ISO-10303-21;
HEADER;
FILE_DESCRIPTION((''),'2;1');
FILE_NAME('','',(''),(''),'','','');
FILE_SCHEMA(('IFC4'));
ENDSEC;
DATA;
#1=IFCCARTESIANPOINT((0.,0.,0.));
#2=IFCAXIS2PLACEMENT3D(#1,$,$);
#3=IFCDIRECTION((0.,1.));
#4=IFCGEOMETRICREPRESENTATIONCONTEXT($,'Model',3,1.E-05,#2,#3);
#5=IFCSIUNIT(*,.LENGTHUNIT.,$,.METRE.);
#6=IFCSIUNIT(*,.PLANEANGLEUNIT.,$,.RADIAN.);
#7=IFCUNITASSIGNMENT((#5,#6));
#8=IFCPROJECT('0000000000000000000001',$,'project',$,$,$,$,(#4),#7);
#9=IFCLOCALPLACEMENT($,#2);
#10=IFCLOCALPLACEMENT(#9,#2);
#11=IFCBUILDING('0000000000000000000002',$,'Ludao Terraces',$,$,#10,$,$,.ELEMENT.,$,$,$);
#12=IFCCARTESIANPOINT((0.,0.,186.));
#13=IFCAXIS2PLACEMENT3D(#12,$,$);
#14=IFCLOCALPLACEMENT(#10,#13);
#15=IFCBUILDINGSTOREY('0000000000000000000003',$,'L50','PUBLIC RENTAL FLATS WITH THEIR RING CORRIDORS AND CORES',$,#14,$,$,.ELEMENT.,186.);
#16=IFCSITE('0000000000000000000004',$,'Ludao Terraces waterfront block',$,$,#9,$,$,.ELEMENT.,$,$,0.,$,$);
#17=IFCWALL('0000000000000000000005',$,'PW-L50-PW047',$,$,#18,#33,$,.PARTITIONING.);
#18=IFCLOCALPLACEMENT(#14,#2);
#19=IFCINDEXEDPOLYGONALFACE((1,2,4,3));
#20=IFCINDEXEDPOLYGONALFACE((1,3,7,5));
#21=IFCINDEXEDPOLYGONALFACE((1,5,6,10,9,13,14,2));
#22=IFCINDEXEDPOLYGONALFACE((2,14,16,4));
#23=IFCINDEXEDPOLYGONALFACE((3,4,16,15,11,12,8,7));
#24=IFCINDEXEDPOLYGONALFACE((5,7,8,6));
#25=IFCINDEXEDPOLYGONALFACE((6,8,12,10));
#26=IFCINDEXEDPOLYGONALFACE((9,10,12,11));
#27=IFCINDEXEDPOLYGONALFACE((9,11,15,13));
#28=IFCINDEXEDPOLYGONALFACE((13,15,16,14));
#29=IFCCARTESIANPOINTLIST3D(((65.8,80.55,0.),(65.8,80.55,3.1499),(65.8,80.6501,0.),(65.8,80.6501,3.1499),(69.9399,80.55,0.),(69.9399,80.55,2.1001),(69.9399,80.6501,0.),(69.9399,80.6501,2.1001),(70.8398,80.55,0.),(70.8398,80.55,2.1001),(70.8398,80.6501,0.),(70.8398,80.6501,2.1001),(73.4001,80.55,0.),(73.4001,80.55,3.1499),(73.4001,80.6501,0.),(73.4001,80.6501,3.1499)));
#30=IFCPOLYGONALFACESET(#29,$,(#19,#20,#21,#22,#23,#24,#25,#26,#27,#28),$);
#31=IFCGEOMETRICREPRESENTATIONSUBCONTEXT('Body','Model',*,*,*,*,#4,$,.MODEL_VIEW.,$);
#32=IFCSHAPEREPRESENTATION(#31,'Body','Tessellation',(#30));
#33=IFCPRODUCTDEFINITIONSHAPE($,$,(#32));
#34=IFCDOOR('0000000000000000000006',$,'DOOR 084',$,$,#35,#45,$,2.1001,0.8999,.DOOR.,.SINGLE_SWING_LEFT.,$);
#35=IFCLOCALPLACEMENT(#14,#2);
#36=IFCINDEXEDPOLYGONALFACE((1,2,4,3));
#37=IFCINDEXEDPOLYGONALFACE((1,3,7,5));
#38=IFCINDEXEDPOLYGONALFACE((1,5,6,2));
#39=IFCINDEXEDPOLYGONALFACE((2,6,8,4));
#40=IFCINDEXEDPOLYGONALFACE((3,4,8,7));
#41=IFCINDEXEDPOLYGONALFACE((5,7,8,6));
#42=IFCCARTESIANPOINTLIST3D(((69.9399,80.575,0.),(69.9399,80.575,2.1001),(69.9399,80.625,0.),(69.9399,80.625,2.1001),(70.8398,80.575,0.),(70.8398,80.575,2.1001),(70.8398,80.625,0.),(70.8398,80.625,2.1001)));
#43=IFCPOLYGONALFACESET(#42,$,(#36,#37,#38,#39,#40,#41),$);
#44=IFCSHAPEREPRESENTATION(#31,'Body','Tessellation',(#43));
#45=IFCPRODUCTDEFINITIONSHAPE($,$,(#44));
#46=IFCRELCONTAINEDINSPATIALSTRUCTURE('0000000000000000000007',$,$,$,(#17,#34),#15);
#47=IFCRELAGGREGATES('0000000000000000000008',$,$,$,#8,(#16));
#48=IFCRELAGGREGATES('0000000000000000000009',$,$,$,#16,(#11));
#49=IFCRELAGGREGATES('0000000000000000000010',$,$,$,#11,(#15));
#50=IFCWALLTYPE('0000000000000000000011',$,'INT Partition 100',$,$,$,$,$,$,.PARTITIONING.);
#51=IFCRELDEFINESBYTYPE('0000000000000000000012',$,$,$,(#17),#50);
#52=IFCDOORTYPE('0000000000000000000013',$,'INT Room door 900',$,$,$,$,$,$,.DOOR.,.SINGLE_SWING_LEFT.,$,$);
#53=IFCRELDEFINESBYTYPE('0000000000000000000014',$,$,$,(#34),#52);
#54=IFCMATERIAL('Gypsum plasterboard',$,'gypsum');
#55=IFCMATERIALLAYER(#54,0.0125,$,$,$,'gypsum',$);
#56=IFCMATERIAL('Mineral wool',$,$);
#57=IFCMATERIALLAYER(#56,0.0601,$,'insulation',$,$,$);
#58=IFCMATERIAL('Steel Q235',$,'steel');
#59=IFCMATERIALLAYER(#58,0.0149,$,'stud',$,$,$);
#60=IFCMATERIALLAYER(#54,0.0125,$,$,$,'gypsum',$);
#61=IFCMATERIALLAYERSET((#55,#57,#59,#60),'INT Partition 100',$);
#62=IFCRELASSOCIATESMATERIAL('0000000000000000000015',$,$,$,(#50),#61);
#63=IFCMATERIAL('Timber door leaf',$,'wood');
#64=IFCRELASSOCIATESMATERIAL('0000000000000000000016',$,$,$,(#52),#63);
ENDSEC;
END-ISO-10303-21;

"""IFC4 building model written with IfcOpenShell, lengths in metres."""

from ifc_helpers import new_model, si_unit, direction, frame, frame_2d, origin, place, context, subcontext, project, spatial, rectangle, extrude, material, layer, layer_set, type_object, element, fill, save


model = new_model("IFC4")

# Units and contexts
model_context = context("Model", 3, precision=1e-05, world=origin(), true_north=direction((0.0, 1.0)))
body_context = subcontext(model_context, "Body", "Model", "MODEL_VIEW")
ifc_project = project(units=[si_unit("LENGTHUNIT", "METRE"), si_unit("PLANEANGLEUNIT", "RADIAN")], contexts=[model_context])

# Site, building, storey
site_placement = place(None, origin())
site = spatial("IfcSite", under=ifc_project, at=site_placement, Name="Ludao Terraces waterfront block", CompositionType="ELEMENT", RefElevation=0.0)
building_placement = place(site_placement, origin())
building = spatial("IfcBuilding", under=site, at=building_placement, Name="Ludao Terraces", CompositionType="ELEMENT")
storey_placement = place(building_placement, frame((0.0, 0.0, 186.0)))
storey = spatial("IfcBuildingStorey", under=building, at=storey_placement, Name="L50", Description="PUBLIC RENTAL FLATS WITH THEIR RING CORRIDORS AND CORES", CompositionType="ELEMENT", Elevation=186.0)

# Shared definitions
ifc_material_1 = material(Name="Mineral wool")

# Shared definitions
ifc_material_2 = material(Name="Gypsum plasterboard", Category="gypsum")
ifc_layer_1 = layer(ifc_material_2, 0.0125, Category="gypsum")
ifc_layer_2 = layer(ifc_material_1, 0.0601, Name="insulation")
ifc_material_3 = material(Name="Steel Q235", Category="steel")
ifc_layer_3 = layer(ifc_material_3, 0.0149, Name="stud")
ifc_layer_4 = layer(ifc_material_2, 0.0125, Category="gypsum")
ifc_layer_set_1 = layer_set([ifc_layer_1, ifc_layer_2, ifc_layer_3, ifc_layer_4], Name="INT Partition 100")
wall_type_1 = type_object("IfcWallType", Name="INT Partition 100", PredefinedType="PARTITIONING", material=ifc_layer_set_1)

# Wall, opening, door
wall_1_placement = place(storey_placement, frame((65.8, 80.6001, 0.0), z_axis=(0.0, 0.0, 1.0), x_axis=(1.0, 0.0, 0.0)))
wall_1 = element("IfcWall", 1, at=wall_1_placement, inside=storey, type_object=wall_type_1, Name="PW-L50-PW047", PredefinedType="PARTITIONING", context=body_context, shape_type="SweptSolid", body=[
    extrude(rectangle(XDim=7.6001, YDim=0.1001, at=frame_2d((3.8, 0.0))), origin(), (0.0, 0.0, 1.0), 3.1499),
])
opening_1_placement = place(wall_1_placement, frame((4.1399, 0.0, 0.0)))
opening_1 = element("IfcOpeningElement", 2, at=opening_1_placement, cuts=wall_1, PredefinedType="OPENING", context=body_context, shape_type="SweptSolid", body=[
    extrude(rectangle(XDim=0.8999, YDim=2.1001, at=frame_2d((0.45, 1.05))), frame((0.0, 0.0601, 0.0), z_axis=(0.0, -1.0, 0.0), x_axis=(1.0, 0.0, 0.0)), (0.0, 0.0, 1.0), 0.1201),
])
ifc_material_4 = material(Name="Timber door leaf", Category="wood")
door_type = type_object("IfcDoorType", Name="INT Room door 900", OperationType="SINGLE_SWING_LEFT", PredefinedType="DOOR", material=ifc_material_4)
door_placement = place(opening_1_placement, origin())
door = element("IfcDoor", 3, at=door_placement, inside=storey, type_object=door_type, Name="DOOR 084", OperationType="SINGLE_SWING_LEFT", OverallHeight=2.1001, OverallWidth=0.8999, PredefinedType="DOOR", context=body_context, shape_type="SweptSolid", body=[
    extrude(rectangle(XDim=0.8999, YDim=2.1001, at=frame_2d((0.45, 1.05))), frame((0.0, 0.0249, 0.0), z_axis=(0.0, -1.0, 0.0), x_axis=(1.0, 0.0, 0.0)), (0.0, 0.0, 1.0), 0.05),
])
fill(opening_1, door)

save(model, "model.ifc")
